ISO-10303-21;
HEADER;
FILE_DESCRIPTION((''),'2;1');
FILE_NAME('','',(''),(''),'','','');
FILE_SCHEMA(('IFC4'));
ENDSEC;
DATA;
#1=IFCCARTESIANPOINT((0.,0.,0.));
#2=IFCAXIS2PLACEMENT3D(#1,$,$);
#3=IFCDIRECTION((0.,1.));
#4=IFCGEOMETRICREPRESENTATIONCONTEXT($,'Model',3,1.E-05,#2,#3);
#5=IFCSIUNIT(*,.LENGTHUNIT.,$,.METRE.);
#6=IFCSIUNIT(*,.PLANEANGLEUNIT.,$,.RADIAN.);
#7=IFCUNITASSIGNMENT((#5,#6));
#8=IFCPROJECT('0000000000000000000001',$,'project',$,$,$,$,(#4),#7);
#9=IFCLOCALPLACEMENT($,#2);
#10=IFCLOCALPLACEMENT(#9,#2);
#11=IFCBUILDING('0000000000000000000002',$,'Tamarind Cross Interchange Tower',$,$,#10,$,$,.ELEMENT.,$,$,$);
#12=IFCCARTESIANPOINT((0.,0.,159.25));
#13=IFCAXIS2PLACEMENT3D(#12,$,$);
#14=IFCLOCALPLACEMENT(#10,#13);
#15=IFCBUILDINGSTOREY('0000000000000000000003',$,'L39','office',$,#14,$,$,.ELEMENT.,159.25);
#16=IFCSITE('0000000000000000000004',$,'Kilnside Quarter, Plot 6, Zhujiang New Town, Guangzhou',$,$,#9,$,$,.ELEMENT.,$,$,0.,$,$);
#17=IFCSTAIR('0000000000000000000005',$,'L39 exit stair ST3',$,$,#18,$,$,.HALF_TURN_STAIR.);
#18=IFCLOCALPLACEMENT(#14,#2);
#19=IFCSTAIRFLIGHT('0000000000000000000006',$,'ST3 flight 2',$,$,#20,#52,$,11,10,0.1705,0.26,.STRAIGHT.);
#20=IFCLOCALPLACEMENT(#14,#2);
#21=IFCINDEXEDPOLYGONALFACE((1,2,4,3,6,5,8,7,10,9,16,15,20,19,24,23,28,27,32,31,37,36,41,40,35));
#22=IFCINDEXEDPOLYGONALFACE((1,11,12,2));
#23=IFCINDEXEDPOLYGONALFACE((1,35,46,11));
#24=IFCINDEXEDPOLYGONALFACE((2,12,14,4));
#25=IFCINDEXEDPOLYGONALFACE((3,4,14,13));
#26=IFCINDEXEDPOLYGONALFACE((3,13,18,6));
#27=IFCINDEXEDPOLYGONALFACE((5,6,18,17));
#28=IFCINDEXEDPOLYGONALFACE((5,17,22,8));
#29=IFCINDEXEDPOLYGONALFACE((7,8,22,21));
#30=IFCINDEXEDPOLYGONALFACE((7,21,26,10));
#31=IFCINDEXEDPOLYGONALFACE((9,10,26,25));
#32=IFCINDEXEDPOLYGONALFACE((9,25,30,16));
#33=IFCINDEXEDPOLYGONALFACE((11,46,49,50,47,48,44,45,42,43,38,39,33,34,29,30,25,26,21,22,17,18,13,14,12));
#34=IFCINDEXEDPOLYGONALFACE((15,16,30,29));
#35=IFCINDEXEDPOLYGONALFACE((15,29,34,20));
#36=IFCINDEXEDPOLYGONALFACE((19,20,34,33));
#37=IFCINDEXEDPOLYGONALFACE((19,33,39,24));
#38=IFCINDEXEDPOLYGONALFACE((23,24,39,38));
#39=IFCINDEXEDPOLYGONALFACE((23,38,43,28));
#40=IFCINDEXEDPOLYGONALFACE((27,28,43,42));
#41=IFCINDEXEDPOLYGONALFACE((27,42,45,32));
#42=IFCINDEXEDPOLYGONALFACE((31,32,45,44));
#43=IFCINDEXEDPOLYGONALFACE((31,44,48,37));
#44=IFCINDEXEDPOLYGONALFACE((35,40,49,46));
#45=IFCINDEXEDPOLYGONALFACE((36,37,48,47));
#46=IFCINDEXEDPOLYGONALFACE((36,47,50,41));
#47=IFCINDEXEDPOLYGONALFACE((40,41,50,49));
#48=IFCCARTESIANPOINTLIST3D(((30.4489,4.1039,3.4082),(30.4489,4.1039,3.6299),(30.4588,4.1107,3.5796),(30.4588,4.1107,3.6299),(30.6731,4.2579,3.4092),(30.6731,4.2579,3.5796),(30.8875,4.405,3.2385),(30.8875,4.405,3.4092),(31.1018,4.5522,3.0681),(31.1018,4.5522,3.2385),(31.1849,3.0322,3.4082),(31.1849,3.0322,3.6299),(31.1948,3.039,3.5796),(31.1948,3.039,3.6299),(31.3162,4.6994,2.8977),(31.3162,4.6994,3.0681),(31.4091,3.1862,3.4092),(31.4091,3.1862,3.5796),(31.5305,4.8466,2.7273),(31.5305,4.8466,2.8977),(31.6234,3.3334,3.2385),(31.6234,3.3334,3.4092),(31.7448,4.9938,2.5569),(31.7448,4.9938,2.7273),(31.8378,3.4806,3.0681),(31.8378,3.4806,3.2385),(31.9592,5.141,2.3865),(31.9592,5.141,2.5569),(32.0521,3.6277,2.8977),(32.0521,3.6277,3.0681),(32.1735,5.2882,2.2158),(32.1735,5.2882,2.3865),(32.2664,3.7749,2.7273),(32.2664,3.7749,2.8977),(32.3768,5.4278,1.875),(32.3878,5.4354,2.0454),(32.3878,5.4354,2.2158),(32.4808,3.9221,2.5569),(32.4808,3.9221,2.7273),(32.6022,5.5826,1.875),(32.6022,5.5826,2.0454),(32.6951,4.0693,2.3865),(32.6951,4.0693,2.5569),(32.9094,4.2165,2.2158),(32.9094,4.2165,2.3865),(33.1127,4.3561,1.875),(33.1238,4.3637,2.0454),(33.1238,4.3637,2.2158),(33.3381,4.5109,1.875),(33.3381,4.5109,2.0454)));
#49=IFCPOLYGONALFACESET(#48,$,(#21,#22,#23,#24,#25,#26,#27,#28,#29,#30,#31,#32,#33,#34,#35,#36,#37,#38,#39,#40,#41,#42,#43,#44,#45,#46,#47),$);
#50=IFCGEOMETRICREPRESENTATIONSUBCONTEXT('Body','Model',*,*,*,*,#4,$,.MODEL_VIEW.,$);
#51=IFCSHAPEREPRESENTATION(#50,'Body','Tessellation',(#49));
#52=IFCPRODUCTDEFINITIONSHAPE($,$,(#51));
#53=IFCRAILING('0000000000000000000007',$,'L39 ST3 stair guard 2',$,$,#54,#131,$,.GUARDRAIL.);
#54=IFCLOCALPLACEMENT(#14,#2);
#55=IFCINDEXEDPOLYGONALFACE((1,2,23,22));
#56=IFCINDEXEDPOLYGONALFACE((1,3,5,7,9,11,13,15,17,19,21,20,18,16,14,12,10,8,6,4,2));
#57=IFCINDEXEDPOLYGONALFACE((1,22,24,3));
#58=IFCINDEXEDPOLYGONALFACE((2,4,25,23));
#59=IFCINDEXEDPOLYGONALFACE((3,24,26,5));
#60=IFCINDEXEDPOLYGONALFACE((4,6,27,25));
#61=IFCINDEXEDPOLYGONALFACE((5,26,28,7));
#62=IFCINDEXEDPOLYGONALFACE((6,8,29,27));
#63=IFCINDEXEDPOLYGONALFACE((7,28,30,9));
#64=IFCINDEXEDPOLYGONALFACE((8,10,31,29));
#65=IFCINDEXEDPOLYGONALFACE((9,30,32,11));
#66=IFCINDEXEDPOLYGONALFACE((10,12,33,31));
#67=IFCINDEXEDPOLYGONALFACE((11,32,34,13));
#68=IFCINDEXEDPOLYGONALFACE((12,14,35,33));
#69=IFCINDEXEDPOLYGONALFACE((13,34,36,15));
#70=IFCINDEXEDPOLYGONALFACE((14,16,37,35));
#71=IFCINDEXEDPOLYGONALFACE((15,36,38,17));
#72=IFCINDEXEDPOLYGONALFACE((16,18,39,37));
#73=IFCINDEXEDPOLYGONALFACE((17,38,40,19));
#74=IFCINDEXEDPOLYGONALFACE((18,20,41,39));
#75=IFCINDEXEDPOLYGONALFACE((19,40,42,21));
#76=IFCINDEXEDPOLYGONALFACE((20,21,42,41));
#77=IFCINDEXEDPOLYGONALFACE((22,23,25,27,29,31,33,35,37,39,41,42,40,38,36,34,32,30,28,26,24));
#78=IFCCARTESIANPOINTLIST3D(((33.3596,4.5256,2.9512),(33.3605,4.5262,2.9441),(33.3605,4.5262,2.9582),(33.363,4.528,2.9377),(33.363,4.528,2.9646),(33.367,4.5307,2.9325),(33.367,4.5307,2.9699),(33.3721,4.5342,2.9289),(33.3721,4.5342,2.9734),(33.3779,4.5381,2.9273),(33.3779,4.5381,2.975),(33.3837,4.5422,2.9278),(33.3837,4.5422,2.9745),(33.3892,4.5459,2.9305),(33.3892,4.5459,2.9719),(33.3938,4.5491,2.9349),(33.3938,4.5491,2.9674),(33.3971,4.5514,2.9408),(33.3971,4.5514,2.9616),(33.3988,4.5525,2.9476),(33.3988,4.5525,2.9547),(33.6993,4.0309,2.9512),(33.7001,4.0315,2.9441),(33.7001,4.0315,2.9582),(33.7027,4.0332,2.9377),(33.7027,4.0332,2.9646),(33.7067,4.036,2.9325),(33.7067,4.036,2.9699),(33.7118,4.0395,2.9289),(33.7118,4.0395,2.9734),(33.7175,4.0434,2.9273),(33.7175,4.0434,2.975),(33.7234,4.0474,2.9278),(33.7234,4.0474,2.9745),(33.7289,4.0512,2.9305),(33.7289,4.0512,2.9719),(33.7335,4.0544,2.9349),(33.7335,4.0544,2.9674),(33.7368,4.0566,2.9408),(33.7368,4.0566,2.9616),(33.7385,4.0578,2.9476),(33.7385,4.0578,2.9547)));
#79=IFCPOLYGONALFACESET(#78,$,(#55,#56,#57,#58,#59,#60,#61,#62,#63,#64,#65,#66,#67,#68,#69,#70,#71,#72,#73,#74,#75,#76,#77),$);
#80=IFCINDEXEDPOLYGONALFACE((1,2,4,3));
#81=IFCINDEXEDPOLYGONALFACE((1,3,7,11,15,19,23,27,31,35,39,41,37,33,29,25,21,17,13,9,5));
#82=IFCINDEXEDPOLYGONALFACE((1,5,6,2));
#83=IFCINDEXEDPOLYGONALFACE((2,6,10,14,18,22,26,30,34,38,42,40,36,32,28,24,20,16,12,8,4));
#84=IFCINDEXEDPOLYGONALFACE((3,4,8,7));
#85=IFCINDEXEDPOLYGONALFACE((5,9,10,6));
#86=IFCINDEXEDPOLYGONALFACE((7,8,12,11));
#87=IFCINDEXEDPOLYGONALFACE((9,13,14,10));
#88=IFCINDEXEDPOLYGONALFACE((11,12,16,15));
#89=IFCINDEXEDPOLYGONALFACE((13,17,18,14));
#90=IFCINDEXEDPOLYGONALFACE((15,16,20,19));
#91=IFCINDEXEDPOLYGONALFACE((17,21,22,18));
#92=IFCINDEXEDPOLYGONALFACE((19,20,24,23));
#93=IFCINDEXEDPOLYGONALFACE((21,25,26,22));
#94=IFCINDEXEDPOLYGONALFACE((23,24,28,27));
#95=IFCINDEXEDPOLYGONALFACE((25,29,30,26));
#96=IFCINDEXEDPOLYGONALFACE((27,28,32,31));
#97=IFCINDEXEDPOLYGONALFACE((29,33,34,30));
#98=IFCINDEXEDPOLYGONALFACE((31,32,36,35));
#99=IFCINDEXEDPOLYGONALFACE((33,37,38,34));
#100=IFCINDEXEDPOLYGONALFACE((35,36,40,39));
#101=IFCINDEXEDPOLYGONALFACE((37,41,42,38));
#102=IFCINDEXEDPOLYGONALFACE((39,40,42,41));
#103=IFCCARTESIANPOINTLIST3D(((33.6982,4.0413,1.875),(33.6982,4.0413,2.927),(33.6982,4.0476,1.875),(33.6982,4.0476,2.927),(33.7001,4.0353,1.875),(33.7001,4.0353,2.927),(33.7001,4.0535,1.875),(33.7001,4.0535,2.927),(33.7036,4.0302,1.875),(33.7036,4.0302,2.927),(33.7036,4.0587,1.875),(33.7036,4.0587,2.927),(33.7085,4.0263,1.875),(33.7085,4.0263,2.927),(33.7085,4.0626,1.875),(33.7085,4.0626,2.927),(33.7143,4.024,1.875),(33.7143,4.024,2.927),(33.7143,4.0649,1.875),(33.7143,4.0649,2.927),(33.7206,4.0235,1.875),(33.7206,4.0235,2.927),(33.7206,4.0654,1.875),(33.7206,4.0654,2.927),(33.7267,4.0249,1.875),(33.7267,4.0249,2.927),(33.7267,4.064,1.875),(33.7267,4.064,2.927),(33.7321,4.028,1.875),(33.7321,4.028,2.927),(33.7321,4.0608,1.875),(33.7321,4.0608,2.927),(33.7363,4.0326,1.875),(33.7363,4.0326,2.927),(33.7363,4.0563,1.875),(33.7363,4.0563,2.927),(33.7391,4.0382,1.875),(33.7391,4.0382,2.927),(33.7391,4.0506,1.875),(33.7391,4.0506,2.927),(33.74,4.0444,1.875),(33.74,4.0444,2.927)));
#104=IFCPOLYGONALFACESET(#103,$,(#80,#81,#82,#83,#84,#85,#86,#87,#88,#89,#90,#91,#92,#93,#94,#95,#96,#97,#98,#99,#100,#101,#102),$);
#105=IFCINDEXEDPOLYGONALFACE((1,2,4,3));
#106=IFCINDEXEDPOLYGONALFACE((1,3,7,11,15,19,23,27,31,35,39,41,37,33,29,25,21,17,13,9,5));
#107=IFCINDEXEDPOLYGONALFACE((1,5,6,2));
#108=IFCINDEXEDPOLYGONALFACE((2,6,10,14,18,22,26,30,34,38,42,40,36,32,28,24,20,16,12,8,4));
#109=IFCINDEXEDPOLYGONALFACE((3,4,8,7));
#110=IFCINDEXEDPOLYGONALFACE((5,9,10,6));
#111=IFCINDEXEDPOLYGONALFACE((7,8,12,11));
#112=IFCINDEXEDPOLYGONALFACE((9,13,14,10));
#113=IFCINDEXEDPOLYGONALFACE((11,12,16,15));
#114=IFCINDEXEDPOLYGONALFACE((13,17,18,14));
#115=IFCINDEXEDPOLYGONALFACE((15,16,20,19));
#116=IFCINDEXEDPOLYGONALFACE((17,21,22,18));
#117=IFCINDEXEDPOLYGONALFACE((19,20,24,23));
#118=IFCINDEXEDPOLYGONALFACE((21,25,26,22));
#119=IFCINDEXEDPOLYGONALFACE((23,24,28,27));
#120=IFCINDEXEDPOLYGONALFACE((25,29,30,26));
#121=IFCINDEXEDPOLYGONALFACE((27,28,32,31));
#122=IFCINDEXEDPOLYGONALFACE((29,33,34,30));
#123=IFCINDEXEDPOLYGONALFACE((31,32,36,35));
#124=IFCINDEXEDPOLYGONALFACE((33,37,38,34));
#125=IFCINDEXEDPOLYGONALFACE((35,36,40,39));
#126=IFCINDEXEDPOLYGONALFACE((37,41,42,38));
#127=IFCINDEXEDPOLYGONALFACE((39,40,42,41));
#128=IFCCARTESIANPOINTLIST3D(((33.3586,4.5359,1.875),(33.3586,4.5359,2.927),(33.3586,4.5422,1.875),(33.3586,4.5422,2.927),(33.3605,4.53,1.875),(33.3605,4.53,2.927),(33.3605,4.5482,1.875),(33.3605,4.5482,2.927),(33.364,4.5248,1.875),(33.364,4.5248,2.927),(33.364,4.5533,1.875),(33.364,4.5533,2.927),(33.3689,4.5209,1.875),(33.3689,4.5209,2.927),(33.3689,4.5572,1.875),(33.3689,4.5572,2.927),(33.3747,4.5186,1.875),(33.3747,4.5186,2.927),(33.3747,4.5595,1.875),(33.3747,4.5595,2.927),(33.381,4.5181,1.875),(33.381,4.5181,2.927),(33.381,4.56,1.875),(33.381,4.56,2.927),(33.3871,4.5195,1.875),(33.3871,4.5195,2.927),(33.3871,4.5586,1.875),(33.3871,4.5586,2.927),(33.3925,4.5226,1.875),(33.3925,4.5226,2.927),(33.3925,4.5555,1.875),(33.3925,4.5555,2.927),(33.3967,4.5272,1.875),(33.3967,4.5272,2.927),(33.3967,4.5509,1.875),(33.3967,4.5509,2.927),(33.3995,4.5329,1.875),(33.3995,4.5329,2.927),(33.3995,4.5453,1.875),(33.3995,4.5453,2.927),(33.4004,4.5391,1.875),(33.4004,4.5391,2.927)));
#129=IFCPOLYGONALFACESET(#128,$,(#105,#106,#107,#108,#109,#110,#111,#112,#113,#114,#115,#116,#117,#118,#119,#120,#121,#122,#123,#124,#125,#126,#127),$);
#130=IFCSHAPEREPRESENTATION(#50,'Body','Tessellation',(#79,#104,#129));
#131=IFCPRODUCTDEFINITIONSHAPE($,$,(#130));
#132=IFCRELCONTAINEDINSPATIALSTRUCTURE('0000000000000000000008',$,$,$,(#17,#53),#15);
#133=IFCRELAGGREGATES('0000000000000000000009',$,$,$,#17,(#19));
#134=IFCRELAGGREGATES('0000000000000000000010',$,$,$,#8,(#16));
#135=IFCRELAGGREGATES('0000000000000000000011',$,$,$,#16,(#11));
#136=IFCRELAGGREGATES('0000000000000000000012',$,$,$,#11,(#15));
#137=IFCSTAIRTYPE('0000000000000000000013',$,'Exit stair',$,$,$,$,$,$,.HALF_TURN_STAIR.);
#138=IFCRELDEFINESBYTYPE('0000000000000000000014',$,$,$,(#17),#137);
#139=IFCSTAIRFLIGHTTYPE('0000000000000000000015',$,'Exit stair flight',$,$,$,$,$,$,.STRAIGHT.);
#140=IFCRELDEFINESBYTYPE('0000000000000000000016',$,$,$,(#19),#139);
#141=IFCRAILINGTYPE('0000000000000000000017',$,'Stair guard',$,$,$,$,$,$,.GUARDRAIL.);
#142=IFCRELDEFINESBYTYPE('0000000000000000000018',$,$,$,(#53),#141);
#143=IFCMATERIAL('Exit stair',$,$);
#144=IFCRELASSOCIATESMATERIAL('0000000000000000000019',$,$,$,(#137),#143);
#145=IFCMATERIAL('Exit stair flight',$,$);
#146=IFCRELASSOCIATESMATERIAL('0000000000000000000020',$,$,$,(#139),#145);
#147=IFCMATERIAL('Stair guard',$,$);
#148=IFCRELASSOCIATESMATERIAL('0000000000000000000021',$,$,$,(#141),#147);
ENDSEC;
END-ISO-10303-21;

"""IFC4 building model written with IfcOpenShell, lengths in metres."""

from ifc_helpers import new_model, si_unit, direction, frame, origin, origin_2d, place, context, subcontext, project, spatial, polyline, circle, outline, extrude, material, type_object, element, aggregate, save


model = new_model("IFC4")

# Units and contexts
model_context = context("Model", 3, precision=1e-05, world=origin(), true_north=direction((0.0, 1.0)))
body_context = subcontext(model_context, "Body", "Model", "MODEL_VIEW")
ifc_project = project(units=[si_unit("LENGTHUNIT", "METRE"), si_unit("PLANEANGLEUNIT", "RADIAN")], contexts=[model_context])

# Site, building, storey
site_placement = place(None, origin())
site = spatial("IfcSite", under=ifc_project, at=site_placement, Name="Kilnside Quarter, Plot 6, Zhujiang New Town, Guangzhou", CompositionType="ELEMENT", RefElevation=0.0)
building_placement = place(site_placement, origin())
building = spatial("IfcBuilding", under=site, at=building_placement, Name="Tamarind Cross Interchange Tower", CompositionType="ELEMENT")
storey_placement = place(building_placement, frame((0.0, 0.0, 159.25)))
storey = spatial("IfcBuildingStorey", under=building, at=storey_placement, Name="L39", Description="office", CompositionType="ELEMENT", Elevation=159.25)

# Stair, stair flight
ifc_material_1 = material(Name="Exit stair")
stair_type = type_object("IfcStairType", Name="Exit stair", PredefinedType="HALF_TURN_STAIR", material=ifc_material_1)
stair_placement = place(storey_placement, origin())
stair = element("IfcStair", 1, at=stair_placement, inside=storey, type_object=stair_type, Name="L39 exit stair ST3", PredefinedType="HALF_TURN_STAIR")
ifc_material_2 = material(Name="Exit stair flight")
stair_flight_type = type_object("IfcStairFlightType", Name="Exit stair flight", PredefinedType="STRAIGHT", material=ifc_material_2)
stair_flight_1_placement = place(storey_placement, frame((32.9702, 5.0466, 1.875), z_axis=(0.0, 0.0, 1.0), x_axis=(-0.82434, -0.566096, 0.0)))
stair_flight_1 = element("IfcStairFlight", 2, at=stair_flight_1_placement, type_object=stair_flight_type, Name="ST3 flight 2", NumberOfRisers=11, NumberOfTreads=10, PredefinedType="STRAIGHT", RiserHeight=0.1705, TreadLength=0.26, context=body_context, shape_type="SweptSolid", body=[
    extrude(outline(polyline([(0.0, 0.0), (0.0, 0.1704), (0.26, 0.1704), (0.26, 0.3408), (0.52, 0.3408), (0.52, 0.5115), (0.78, 0.5115), (0.78, 0.6819), (1.04, 0.6819), (1.04, 0.8523), (1.3, 0.8523), (1.3, 1.0227), (1.5601, 1.0227), (1.5601, 1.1931), (1.8201, 1.1931), (1.8201, 1.3635), (2.0801, 1.3635), (2.0801, 1.5342), (2.3401, 1.5342), (2.3401, 1.7046), (2.6001, 1.7046), (2.6001, 1.7549), (2.6121, 1.7549), (2.6121, 1.5332), (0.2734, 0.0), (0.0, 0.0)])), frame((0.0, 0.6499, 0.0), z_axis=(0.0, -1.0, 0.0), x_axis=(1.0, 0.0, 0.0)), (0.0, 0.0, 1.0), 1.3),
])
aggregate(stair, [stair_flight_1])

# Railing
ifc_material_3 = material(Name="Stair guard")
railing_type_1 = type_object("IfcRailingType", Name="Stair guard", PredefinedType="GUARDRAIL", material=ifc_material_3)
railing_1_placement = place(storey_placement, frame((33.719, 4.0444, 1.875)))
element("IfcRailing", 3, at=railing_1_placement, inside=storey, type_object=railing_type_1, Name="L39 ST3 stair guard 2", PredefinedType="GUARDRAIL", context=body_context, shape_type="SweptSolid", body=[
    extrude(circle(Radius=0.0239, at=origin_2d()), frame((0.0, 0.0, 1.0762), z_axis=(-0.566011, 0.824398, 0.0), x_axis=(-0.824398, -0.566011, 0.0)), (0.0, 0.0, 1.0), 0.6001),
    extrude(circle(Radius=0.021, at=origin_2d()), origin(), (0.0, 0.0, 1.0), 1.052),
    extrude(circle(Radius=0.021, at=origin_2d()), frame((-0.3396, 0.4946, 0.0)), (0.0, 0.0, 1.0), 1.052),
])

save(model, "model.ifc")
